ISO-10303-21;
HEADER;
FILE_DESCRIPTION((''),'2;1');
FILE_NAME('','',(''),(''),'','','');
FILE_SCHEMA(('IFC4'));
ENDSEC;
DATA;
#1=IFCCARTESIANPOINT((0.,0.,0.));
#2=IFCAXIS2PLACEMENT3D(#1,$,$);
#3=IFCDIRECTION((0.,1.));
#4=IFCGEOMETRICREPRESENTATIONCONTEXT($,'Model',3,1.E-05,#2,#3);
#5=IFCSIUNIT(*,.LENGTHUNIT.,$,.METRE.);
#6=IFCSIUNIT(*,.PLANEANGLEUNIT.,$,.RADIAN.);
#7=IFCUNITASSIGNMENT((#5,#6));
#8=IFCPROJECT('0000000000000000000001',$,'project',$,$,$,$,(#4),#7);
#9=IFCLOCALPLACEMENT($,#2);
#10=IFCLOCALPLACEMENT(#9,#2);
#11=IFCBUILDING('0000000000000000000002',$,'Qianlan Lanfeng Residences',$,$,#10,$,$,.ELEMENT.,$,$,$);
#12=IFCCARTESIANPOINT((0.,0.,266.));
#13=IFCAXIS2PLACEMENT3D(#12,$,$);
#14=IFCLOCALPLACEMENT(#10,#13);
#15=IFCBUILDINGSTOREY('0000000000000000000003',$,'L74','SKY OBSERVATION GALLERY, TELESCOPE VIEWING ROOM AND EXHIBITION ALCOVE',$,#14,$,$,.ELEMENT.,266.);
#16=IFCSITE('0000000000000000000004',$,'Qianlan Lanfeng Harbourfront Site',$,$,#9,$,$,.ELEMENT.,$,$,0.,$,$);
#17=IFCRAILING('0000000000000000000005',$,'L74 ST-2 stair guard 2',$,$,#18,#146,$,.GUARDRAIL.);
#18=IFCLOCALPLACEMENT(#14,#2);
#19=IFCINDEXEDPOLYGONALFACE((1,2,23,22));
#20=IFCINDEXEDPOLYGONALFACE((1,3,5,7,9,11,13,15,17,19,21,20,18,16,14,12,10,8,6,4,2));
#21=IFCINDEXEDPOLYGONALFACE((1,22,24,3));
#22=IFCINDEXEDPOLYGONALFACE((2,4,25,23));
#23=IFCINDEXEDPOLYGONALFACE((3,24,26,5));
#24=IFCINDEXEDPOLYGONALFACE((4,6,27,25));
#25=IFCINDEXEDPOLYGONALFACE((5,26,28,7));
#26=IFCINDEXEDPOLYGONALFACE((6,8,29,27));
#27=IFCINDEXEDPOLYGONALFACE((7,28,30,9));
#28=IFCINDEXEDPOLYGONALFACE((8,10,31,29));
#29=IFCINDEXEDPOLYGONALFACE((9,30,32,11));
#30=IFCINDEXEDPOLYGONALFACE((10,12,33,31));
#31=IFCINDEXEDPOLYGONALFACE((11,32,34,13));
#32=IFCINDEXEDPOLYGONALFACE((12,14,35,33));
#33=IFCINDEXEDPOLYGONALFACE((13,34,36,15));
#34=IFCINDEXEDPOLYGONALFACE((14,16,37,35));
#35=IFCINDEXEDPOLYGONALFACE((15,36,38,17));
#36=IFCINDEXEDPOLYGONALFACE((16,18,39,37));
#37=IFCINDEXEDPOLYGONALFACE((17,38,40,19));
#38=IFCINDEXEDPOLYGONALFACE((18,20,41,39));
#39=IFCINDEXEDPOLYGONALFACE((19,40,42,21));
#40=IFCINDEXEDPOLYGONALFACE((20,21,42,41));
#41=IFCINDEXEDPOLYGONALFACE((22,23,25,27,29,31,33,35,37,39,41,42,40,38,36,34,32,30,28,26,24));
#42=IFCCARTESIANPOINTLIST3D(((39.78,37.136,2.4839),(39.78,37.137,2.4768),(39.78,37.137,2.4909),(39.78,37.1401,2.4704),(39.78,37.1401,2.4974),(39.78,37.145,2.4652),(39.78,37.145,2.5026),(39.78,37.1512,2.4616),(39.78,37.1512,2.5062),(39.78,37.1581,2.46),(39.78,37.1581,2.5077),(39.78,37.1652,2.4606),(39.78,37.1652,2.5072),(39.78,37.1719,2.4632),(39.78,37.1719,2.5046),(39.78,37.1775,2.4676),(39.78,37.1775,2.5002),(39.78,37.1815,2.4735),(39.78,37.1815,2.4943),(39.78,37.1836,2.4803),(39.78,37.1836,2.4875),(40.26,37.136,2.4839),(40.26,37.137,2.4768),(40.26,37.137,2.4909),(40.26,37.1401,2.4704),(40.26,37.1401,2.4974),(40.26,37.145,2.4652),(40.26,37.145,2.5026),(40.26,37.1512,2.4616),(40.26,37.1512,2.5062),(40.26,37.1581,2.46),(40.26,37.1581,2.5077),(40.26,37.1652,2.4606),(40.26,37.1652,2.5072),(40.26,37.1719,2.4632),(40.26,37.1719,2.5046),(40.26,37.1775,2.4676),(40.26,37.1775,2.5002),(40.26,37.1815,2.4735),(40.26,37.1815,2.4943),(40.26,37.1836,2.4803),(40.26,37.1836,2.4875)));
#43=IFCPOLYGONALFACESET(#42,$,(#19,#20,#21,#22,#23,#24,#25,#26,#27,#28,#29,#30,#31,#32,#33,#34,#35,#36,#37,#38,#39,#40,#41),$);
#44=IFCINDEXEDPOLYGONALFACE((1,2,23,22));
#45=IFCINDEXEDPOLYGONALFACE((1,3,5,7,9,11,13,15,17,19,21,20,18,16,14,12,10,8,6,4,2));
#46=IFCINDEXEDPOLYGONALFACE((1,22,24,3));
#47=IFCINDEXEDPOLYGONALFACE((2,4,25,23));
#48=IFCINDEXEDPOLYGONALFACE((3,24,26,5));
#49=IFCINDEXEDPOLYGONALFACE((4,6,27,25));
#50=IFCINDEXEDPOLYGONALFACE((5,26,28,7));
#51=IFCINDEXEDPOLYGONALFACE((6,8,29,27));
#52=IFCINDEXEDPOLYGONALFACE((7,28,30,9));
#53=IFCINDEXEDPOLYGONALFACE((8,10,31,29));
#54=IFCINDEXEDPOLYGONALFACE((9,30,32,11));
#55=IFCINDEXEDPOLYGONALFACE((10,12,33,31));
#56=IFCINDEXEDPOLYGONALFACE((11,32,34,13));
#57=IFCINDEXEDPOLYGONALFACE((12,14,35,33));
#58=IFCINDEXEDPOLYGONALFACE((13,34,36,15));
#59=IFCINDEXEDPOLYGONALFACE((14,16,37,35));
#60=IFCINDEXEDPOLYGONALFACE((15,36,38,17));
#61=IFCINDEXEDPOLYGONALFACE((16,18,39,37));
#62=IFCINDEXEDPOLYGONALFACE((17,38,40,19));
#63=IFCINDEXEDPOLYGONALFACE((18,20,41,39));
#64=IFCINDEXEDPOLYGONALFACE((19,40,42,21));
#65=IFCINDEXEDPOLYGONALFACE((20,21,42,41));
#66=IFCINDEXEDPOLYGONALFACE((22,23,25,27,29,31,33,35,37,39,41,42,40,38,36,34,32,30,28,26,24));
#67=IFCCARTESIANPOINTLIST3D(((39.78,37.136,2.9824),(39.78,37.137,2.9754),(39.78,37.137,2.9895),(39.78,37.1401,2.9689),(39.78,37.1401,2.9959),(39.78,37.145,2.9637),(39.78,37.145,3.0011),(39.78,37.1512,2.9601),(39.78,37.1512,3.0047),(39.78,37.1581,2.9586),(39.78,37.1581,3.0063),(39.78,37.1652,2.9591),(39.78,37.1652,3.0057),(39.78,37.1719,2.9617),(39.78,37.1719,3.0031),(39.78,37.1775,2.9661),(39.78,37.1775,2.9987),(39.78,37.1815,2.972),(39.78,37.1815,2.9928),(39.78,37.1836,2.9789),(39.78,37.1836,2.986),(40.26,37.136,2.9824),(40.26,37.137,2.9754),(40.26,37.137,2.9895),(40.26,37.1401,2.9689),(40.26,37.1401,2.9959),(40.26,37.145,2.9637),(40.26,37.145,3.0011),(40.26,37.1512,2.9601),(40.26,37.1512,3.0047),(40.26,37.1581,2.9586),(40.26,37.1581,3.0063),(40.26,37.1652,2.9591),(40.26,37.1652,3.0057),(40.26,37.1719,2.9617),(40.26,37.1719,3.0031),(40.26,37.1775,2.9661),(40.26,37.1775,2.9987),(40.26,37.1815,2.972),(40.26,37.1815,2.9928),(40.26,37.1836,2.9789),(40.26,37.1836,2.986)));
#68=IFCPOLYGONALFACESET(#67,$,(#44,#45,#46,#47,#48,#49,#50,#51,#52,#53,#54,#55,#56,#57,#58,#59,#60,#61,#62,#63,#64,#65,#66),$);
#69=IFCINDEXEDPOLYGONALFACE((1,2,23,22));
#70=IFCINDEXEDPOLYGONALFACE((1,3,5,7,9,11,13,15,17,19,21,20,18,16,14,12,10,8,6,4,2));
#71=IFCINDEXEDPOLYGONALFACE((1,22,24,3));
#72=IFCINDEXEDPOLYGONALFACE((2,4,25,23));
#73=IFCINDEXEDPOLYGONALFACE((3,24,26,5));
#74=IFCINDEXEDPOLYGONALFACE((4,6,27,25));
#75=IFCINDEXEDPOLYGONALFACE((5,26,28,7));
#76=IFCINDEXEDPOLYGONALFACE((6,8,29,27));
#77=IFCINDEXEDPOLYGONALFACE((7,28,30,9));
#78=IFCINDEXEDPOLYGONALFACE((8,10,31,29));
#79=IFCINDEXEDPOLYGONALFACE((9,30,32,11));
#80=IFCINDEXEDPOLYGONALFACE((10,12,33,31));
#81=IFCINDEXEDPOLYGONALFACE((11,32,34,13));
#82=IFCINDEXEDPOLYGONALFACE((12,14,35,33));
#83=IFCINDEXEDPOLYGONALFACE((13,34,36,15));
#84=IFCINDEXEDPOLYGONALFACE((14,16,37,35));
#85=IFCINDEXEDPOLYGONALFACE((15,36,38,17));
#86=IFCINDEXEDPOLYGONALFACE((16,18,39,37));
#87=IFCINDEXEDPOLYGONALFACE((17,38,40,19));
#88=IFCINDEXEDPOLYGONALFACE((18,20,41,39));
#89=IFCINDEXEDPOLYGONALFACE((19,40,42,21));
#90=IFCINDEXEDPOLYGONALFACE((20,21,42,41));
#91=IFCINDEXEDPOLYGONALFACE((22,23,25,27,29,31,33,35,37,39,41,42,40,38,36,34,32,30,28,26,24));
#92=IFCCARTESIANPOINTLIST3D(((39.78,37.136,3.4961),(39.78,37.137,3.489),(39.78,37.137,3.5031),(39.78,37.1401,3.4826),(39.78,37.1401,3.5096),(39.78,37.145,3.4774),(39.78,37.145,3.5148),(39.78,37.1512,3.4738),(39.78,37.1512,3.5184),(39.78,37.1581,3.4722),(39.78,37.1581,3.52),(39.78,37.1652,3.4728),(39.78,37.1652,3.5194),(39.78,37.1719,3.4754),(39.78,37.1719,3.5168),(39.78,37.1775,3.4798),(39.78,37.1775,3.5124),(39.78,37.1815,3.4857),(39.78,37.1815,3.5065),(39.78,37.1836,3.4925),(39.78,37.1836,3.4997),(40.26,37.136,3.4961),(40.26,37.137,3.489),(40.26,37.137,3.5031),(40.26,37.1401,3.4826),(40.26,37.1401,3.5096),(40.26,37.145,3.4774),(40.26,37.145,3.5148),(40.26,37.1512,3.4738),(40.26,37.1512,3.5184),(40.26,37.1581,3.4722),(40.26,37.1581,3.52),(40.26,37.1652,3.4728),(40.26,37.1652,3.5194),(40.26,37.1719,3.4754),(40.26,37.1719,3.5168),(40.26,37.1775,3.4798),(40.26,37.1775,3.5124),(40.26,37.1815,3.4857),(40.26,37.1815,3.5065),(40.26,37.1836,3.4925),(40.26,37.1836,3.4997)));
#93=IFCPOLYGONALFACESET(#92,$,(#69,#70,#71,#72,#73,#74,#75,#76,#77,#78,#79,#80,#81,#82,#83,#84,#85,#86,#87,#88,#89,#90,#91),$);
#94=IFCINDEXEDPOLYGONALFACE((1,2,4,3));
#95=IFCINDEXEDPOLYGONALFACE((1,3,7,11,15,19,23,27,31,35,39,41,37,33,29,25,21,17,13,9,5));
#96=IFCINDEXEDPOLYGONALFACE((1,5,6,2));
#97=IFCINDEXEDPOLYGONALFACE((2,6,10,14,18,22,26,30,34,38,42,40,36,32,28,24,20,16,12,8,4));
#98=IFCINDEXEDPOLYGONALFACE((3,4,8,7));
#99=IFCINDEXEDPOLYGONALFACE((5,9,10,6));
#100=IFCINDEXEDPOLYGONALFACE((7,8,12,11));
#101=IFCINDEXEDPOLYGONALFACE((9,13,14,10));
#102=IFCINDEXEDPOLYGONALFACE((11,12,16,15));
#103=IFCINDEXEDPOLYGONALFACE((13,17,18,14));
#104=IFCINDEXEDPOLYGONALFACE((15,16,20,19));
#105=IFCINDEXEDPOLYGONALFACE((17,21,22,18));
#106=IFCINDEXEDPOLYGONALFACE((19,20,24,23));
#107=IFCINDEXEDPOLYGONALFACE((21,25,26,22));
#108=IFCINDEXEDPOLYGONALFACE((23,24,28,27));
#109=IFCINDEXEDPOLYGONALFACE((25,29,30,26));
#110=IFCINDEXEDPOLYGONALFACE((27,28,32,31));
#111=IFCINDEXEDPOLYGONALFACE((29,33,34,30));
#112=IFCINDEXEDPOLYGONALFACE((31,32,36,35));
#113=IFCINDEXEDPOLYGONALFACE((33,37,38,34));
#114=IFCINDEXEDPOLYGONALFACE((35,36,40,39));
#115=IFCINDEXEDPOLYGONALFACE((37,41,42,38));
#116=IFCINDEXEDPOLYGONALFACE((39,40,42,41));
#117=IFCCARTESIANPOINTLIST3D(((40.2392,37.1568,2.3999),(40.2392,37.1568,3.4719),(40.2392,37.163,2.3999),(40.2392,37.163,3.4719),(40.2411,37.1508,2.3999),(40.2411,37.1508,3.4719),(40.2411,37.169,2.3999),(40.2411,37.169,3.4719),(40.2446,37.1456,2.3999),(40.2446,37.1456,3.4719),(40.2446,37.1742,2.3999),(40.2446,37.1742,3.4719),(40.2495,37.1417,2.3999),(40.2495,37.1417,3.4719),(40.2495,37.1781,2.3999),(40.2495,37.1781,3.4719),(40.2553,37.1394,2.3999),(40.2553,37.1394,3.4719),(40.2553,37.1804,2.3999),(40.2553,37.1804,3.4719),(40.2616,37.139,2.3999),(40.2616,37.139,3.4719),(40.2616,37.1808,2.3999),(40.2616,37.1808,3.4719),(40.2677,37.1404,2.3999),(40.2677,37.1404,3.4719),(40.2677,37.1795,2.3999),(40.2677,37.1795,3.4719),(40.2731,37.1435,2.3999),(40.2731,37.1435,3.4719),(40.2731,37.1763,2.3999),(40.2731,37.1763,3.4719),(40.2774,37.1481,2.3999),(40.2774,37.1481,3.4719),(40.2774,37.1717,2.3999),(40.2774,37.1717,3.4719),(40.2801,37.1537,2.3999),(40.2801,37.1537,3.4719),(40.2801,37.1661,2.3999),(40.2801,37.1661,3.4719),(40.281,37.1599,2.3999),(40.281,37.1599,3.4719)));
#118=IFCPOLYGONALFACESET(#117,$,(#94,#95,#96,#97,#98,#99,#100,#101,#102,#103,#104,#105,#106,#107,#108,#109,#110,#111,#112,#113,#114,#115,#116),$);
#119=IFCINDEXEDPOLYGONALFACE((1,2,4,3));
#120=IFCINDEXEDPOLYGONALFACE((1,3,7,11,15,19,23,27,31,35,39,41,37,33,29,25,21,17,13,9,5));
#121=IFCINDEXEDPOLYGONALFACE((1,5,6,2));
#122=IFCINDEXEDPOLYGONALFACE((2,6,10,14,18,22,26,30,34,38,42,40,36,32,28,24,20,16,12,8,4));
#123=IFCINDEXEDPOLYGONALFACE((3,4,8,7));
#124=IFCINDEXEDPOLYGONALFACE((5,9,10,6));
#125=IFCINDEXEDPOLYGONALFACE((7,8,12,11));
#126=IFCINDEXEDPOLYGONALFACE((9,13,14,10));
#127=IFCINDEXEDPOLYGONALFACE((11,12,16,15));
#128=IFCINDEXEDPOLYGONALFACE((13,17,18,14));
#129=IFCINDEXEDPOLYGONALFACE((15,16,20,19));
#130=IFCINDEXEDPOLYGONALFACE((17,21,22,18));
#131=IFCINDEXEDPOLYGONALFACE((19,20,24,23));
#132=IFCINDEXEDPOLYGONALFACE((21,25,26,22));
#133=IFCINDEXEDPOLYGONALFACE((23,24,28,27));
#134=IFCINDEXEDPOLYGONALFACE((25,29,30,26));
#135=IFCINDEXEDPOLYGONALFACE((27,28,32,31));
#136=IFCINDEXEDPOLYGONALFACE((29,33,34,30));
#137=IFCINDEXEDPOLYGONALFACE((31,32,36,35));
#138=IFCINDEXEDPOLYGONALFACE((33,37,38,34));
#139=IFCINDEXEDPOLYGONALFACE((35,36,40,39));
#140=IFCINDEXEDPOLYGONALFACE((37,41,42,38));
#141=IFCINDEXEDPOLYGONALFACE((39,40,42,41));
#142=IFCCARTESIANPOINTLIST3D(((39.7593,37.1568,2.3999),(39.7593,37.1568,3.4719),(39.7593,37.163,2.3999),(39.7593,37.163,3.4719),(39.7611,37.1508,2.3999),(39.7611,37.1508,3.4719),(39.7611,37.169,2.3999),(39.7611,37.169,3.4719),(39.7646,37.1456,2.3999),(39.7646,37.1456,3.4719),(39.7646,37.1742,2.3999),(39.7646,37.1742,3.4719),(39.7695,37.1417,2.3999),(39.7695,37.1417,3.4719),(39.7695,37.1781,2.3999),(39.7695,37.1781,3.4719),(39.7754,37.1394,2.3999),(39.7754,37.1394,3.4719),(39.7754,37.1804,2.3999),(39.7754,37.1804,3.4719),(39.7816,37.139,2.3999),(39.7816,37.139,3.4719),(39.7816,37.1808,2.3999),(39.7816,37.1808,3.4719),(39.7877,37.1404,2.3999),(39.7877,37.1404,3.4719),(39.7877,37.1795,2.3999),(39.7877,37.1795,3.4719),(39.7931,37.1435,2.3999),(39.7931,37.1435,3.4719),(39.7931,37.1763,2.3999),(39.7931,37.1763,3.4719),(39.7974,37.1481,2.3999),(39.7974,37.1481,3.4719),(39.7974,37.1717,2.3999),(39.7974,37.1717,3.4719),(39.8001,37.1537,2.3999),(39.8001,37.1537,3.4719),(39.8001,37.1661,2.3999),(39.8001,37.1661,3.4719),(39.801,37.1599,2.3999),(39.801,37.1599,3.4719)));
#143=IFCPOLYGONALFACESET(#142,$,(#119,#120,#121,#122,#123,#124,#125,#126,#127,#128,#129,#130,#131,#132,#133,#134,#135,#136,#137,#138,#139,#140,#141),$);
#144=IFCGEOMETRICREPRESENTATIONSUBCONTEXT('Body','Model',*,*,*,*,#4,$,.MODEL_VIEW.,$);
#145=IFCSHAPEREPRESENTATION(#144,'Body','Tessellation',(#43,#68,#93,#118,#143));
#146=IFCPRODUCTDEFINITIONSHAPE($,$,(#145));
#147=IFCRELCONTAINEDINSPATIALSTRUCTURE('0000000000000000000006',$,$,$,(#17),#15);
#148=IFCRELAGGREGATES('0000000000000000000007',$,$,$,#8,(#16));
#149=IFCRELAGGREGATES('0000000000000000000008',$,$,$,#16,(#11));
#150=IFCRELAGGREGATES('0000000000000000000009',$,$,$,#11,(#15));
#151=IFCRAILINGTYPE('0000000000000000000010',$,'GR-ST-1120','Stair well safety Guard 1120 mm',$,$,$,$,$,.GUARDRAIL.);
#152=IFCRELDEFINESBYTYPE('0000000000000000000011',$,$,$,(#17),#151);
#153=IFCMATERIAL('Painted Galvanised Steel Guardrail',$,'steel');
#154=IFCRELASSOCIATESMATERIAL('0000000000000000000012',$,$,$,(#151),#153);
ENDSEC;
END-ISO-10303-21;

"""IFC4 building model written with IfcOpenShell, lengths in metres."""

from ifc_helpers import new_model, si_unit, direction, frame, origin, origin_2d, place, context, subcontext, project, spatial, circle, extrude, material, type_object, element, save


model = new_model("IFC4")

# Units and contexts
model_context = context("Model", 3, precision=1e-05, world=origin(), true_north=direction((0.0, 1.0)))
body_context = subcontext(model_context, "Body", "Model", "MODEL_VIEW")
ifc_project = project(units=[si_unit("LENGTHUNIT", "METRE"), si_unit("PLANEANGLEUNIT", "RADIAN")], contexts=[model_context])

# Site, building, storey
site_placement = place(None, origin())
site = spatial("IfcSite", under=ifc_project, at=site_placement, Name="Qianlan Lanfeng Harbourfront Site", CompositionType="ELEMENT", RefElevation=0.0)
building_placement = place(site_placement, origin())
building = spatial("IfcBuilding", under=site, at=building_placement, Name="Qianlan Lanfeng Residences", CompositionType="ELEMENT")
storey_placement = place(building_placement, frame((0.0, 0.0, 266.0)))
storey = spatial("IfcBuildingStorey", under=building, at=storey_placement, Name="L74", Description="SKY OBSERVATION GALLERY, TELESCOPE VIEWING ROOM AND EXHIBITION ALCOVE", CompositionType="ELEMENT", Elevation=266.0)

# Railing
ifc_material_1 = material(Name="Painted Galvanised Steel Guardrail", Category="steel")
railing_type_1 = type_object("IfcRailingType", Name="GR-ST-1120", Description="Stair well safety Guard 1120 mm", PredefinedType="GUARDRAIL", material=ifc_material_1)
railing_1_placement = place(storey_placement, frame((40.26, 37.1599, 2.3999)))
element("IfcRailing", 1, at=railing_1_placement, inside=storey, type_object=railing_type_1, Name="L74 ST-2 stair guard 2", PredefinedType="GUARDRAIL", context=body_context, shape_type="SweptSolid", body=[
    extrude(circle(Radius=0.0239, at=origin_2d()), frame((0.0, 0.0, 0.084), z_axis=(-1.0, 0.0, 0.0), x_axis=(0.0, -1.0, 0.0)), (0.0, 0.0, 1.0), 0.48),
    extrude(circle(Radius=0.0239, at=origin_2d()), frame((0.0, 0.0, 0.5825), z_axis=(-1.0, 0.0, 0.0), x_axis=(0.0, -1.0, 0.0)), (0.0, 0.0, 1.0), 0.48),
    extrude(circle(Radius=0.0239, at=origin_2d()), frame((0.0, 0.0, 1.0962), z_axis=(-1.0, 0.0, 0.0), x_axis=(0.0, -1.0, 0.0)), (0.0, 0.0, 1.0), 0.48),
    extrude(circle(Radius=0.021, at=origin_2d()), origin(), (0.0, 0.0, 1.0), 1.072),
    extrude(circle(Radius=0.021, at=origin_2d()), frame((-0.48, 0.0, 0.0)), (0.0, 0.0, 1.0), 1.072),
])

save(model, "model.ifc")
